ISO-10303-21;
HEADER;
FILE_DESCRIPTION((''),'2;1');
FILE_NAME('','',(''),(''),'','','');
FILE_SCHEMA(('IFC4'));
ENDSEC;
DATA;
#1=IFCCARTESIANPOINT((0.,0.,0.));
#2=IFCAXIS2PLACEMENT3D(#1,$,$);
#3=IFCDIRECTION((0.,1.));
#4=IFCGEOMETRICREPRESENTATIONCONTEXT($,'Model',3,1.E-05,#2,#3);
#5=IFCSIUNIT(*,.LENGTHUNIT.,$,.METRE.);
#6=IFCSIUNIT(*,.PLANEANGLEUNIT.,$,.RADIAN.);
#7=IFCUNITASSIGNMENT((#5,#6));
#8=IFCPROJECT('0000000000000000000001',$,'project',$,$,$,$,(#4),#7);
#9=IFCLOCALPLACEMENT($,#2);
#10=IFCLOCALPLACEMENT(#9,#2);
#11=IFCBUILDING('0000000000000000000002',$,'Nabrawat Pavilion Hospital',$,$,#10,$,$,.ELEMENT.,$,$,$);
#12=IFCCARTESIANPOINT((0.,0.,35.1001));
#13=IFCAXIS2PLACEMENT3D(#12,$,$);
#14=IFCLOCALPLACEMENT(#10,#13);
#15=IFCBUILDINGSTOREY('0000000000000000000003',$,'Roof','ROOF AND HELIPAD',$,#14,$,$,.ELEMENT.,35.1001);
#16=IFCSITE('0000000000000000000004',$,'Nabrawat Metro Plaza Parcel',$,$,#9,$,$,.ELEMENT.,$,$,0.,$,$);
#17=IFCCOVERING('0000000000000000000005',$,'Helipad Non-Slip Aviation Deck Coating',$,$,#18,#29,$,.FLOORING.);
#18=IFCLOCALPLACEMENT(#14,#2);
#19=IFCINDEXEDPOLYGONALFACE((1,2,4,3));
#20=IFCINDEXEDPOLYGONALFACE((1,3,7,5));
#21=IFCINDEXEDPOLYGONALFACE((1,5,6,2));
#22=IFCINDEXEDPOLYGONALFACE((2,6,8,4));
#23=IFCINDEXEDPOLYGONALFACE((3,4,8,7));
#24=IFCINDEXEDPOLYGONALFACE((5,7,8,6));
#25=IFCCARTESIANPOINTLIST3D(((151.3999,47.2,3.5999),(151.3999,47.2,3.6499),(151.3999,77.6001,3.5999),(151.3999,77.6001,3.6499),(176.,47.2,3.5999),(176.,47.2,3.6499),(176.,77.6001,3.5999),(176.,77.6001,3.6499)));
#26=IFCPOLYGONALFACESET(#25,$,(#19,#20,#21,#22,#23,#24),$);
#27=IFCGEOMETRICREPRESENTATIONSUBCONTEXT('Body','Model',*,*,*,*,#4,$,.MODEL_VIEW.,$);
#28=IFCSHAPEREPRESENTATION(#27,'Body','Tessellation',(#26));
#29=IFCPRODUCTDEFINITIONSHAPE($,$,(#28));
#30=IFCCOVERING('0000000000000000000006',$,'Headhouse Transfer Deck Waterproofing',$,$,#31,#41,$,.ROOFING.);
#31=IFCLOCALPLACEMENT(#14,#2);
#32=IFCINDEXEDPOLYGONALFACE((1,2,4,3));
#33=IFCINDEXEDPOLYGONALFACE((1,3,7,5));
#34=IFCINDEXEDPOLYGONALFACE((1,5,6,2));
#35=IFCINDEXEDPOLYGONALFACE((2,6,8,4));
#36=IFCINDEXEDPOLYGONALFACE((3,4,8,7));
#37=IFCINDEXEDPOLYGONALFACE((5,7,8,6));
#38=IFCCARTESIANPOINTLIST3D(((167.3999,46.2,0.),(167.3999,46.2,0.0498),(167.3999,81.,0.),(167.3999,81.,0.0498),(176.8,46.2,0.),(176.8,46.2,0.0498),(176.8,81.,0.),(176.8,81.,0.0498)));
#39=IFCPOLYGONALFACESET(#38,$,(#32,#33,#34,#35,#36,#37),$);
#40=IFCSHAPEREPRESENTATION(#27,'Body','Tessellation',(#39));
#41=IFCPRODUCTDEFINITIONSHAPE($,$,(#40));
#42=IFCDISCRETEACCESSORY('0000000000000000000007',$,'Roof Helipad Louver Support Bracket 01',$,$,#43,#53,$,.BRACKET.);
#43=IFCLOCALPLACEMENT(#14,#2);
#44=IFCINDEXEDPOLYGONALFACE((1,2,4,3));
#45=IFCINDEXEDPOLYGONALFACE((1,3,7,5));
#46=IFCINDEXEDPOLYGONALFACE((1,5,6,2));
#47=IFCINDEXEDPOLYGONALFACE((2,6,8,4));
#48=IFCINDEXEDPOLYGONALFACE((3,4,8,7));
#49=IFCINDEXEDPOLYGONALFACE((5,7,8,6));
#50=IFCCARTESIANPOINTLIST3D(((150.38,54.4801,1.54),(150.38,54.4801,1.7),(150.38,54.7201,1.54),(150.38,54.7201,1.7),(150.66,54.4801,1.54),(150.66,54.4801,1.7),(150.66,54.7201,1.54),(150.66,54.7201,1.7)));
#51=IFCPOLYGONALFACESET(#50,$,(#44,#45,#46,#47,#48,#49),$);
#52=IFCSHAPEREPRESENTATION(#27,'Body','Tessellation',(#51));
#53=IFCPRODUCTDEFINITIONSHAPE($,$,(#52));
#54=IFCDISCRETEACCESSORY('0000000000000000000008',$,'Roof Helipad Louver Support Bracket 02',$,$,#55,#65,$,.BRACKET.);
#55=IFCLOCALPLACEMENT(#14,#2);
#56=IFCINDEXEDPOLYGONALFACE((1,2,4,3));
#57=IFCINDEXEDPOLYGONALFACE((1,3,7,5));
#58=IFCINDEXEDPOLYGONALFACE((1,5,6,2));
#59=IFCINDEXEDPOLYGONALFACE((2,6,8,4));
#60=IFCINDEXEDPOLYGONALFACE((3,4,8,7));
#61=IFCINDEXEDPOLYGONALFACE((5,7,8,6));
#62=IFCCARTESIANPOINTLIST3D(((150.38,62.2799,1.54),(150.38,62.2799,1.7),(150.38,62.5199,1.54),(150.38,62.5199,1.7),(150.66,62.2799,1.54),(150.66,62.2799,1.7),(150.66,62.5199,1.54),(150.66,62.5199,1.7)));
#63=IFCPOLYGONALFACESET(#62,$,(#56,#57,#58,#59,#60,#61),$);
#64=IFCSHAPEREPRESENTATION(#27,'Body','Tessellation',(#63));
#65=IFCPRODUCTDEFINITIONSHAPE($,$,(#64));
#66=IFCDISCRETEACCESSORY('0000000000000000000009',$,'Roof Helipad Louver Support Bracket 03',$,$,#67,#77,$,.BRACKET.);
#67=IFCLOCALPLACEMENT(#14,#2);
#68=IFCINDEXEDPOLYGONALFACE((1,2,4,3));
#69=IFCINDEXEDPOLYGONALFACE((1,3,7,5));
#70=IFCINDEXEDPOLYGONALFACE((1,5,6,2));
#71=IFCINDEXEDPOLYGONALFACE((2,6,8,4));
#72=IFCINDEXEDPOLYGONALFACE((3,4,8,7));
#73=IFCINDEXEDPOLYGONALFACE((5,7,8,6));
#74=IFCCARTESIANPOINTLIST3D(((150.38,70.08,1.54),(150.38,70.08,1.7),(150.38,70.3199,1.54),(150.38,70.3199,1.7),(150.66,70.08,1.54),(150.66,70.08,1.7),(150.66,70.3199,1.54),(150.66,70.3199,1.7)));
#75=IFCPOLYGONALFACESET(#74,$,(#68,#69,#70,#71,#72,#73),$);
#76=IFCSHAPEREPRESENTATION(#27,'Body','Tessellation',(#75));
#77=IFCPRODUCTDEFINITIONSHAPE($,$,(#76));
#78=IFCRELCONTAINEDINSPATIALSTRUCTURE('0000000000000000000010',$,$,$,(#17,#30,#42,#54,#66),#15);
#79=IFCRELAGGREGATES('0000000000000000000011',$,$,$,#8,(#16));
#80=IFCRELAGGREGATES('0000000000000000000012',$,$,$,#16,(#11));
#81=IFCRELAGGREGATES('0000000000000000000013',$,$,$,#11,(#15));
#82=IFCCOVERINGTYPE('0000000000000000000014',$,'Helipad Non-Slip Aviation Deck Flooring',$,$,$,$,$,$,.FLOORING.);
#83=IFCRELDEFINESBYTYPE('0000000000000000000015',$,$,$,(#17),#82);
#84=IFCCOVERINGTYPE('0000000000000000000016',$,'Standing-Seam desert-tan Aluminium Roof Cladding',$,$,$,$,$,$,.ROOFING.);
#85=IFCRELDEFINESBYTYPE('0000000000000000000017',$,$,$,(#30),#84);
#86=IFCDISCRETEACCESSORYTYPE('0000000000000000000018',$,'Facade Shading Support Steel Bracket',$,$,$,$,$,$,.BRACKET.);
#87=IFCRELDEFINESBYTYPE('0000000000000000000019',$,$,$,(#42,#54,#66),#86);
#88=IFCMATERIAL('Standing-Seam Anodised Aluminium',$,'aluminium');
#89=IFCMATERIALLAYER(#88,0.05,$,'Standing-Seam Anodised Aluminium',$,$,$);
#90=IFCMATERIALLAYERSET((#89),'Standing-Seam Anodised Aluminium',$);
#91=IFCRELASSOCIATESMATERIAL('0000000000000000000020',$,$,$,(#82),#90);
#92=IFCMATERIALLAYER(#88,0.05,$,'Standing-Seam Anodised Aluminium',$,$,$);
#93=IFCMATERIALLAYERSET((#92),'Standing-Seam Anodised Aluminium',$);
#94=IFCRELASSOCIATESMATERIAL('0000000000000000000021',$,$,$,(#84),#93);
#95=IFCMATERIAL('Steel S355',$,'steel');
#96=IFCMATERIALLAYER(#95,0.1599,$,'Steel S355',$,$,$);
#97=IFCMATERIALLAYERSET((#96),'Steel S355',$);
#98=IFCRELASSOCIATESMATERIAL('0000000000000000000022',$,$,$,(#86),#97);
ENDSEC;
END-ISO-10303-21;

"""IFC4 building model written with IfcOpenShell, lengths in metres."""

from ifc_helpers import new_model, si_unit, direction, frame, origin, origin_2d, place, context, subcontext, project, spatial, polyline, rectangle, outline, extrude, material, layer, layer_set, type_object, element, save


model = new_model("IFC4")

# Units and contexts
model_context = context("Model", 3, precision=1e-05, world=origin(), true_north=direction((0.0, 1.0)))
body_context = subcontext(model_context, "Body", "Model", "MODEL_VIEW")
ifc_project = project(units=[si_unit("LENGTHUNIT", "METRE"), si_unit("PLANEANGLEUNIT", "RADIAN")], contexts=[model_context])

# Site, building, storey
site_placement = place(None, origin())
site = spatial("IfcSite", under=ifc_project, at=site_placement, Name="Nabrawat Metro Plaza Parcel", CompositionType="ELEMENT", RefElevation=0.0)
building_placement = place(site_placement, origin())
building = spatial("IfcBuilding", under=site, at=building_placement, Name="Nabrawat Pavilion Hospital", CompositionType="ELEMENT")
storey_placement = place(building_placement, frame((0.0, 0.0, 35.1001)))
storey = spatial("IfcBuildingStorey", under=building, at=storey_placement, Name="Roof", Description="ROOF AND HELIPAD", CompositionType="ELEMENT", Elevation=35.1001)

# Shared definitions
ifc_material_1 = material(Name="Steel S355", Category="steel")

# Coverings
ifc_material_2 = material(Name="Standing-Seam Anodised Aluminium", Category="aluminium")
ifc_layer_1 = layer(ifc_material_2, 0.05, Name="Standing-Seam Anodised Aluminium")
ifc_layer_set_1 = layer_set([ifc_layer_1], Name="Standing-Seam Anodised Aluminium")
covering_type_1 = type_object("IfcCoveringType", Name="Helipad Non-Slip Aviation Deck Flooring", PredefinedType="FLOORING", material=ifc_layer_set_1)
covering_1_placement = place(storey_placement, frame((0.0, 0.0, 3.5999)))
element("IfcCovering", 1, at=covering_1_placement, inside=storey, type_object=covering_type_1, Name="Helipad Non-Slip Aviation Deck Coating", PredefinedType="FLOORING", context=body_context, shape_type="SweptSolid", body=[
    extrude(outline(polyline([(176.0, 47.2), (176.0, 77.6001), (151.3999, 77.6001), (151.3999, 47.2), (176.0, 47.2)])), origin(), (0.0, 0.0, 1.0), 0.05),
])
ifc_layer_2 = layer(ifc_material_2, 0.05, Name="Standing-Seam Anodised Aluminium")
ifc_layer_set_2 = layer_set([ifc_layer_2], Name="Standing-Seam Anodised Aluminium")
covering_type_2 = type_object("IfcCoveringType", Name="Standing-Seam desert-tan Aluminium Roof Cladding", PredefinedType="ROOFING", material=ifc_layer_set_2)
covering_2_placement = place(storey_placement, origin())
element("IfcCovering", 2, at=covering_2_placement, inside=storey, type_object=covering_type_2, Name="Headhouse Transfer Deck Waterproofing", PredefinedType="ROOFING", context=body_context, shape_type="SweptSolid", body=[
    extrude(outline(polyline([(176.8, 46.2), (176.8, 81.0), (167.3999, 81.0), (167.3999, 46.2), (176.8, 46.2)])), origin(), (0.0, 0.0, 1.0), 0.0498),
])

# Discrete accessories
ifc_layer_3 = layer(ifc_material_1, 0.1599, Name="Steel S355")
ifc_layer_set_3 = layer_set([ifc_layer_3], Name="Steel S355")
discrete_accessory_type = type_object("IfcDiscreteAccessoryType", Name="Facade Shading Support Steel Bracket", PredefinedType="BRACKET", material=ifc_layer_set_3)
for number, where, z_axis, x_axis, name in (
    (3, (150.52, 54.6001, 1.54), (0.0, 0.0, 1.0), (0.0, 1.0, 0.0), "Roof Helipad Louver Support Bracket 01"),
    (4, (150.52, 62.3999, 1.54), (0.0, 0.0, 1.0), (0.0, 1.0, 0.0), "Roof Helipad Louver Support Bracket 02"),
    (5, (150.52, 70.2, 1.54), (0.0, 0.0, 1.0), (0.0, 1.0, 0.0), "Roof Helipad Louver Support Bracket 03"),
):
    element("IfcDiscreteAccessory", number, at=place(storey_placement, frame(where, z_axis=z_axis, x_axis=x_axis)), inside=storey, type_object=discrete_accessory_type, Name=name, PredefinedType="BRACKET", context=body_context, shape_type="SweptSolid", body=[
        extrude(rectangle(XDim=0.24, YDim=0.28, at=origin_2d()), origin(), (0.0, 0.0, 1.0), 0.1599),
    ])

save(model, "model.ifc")
